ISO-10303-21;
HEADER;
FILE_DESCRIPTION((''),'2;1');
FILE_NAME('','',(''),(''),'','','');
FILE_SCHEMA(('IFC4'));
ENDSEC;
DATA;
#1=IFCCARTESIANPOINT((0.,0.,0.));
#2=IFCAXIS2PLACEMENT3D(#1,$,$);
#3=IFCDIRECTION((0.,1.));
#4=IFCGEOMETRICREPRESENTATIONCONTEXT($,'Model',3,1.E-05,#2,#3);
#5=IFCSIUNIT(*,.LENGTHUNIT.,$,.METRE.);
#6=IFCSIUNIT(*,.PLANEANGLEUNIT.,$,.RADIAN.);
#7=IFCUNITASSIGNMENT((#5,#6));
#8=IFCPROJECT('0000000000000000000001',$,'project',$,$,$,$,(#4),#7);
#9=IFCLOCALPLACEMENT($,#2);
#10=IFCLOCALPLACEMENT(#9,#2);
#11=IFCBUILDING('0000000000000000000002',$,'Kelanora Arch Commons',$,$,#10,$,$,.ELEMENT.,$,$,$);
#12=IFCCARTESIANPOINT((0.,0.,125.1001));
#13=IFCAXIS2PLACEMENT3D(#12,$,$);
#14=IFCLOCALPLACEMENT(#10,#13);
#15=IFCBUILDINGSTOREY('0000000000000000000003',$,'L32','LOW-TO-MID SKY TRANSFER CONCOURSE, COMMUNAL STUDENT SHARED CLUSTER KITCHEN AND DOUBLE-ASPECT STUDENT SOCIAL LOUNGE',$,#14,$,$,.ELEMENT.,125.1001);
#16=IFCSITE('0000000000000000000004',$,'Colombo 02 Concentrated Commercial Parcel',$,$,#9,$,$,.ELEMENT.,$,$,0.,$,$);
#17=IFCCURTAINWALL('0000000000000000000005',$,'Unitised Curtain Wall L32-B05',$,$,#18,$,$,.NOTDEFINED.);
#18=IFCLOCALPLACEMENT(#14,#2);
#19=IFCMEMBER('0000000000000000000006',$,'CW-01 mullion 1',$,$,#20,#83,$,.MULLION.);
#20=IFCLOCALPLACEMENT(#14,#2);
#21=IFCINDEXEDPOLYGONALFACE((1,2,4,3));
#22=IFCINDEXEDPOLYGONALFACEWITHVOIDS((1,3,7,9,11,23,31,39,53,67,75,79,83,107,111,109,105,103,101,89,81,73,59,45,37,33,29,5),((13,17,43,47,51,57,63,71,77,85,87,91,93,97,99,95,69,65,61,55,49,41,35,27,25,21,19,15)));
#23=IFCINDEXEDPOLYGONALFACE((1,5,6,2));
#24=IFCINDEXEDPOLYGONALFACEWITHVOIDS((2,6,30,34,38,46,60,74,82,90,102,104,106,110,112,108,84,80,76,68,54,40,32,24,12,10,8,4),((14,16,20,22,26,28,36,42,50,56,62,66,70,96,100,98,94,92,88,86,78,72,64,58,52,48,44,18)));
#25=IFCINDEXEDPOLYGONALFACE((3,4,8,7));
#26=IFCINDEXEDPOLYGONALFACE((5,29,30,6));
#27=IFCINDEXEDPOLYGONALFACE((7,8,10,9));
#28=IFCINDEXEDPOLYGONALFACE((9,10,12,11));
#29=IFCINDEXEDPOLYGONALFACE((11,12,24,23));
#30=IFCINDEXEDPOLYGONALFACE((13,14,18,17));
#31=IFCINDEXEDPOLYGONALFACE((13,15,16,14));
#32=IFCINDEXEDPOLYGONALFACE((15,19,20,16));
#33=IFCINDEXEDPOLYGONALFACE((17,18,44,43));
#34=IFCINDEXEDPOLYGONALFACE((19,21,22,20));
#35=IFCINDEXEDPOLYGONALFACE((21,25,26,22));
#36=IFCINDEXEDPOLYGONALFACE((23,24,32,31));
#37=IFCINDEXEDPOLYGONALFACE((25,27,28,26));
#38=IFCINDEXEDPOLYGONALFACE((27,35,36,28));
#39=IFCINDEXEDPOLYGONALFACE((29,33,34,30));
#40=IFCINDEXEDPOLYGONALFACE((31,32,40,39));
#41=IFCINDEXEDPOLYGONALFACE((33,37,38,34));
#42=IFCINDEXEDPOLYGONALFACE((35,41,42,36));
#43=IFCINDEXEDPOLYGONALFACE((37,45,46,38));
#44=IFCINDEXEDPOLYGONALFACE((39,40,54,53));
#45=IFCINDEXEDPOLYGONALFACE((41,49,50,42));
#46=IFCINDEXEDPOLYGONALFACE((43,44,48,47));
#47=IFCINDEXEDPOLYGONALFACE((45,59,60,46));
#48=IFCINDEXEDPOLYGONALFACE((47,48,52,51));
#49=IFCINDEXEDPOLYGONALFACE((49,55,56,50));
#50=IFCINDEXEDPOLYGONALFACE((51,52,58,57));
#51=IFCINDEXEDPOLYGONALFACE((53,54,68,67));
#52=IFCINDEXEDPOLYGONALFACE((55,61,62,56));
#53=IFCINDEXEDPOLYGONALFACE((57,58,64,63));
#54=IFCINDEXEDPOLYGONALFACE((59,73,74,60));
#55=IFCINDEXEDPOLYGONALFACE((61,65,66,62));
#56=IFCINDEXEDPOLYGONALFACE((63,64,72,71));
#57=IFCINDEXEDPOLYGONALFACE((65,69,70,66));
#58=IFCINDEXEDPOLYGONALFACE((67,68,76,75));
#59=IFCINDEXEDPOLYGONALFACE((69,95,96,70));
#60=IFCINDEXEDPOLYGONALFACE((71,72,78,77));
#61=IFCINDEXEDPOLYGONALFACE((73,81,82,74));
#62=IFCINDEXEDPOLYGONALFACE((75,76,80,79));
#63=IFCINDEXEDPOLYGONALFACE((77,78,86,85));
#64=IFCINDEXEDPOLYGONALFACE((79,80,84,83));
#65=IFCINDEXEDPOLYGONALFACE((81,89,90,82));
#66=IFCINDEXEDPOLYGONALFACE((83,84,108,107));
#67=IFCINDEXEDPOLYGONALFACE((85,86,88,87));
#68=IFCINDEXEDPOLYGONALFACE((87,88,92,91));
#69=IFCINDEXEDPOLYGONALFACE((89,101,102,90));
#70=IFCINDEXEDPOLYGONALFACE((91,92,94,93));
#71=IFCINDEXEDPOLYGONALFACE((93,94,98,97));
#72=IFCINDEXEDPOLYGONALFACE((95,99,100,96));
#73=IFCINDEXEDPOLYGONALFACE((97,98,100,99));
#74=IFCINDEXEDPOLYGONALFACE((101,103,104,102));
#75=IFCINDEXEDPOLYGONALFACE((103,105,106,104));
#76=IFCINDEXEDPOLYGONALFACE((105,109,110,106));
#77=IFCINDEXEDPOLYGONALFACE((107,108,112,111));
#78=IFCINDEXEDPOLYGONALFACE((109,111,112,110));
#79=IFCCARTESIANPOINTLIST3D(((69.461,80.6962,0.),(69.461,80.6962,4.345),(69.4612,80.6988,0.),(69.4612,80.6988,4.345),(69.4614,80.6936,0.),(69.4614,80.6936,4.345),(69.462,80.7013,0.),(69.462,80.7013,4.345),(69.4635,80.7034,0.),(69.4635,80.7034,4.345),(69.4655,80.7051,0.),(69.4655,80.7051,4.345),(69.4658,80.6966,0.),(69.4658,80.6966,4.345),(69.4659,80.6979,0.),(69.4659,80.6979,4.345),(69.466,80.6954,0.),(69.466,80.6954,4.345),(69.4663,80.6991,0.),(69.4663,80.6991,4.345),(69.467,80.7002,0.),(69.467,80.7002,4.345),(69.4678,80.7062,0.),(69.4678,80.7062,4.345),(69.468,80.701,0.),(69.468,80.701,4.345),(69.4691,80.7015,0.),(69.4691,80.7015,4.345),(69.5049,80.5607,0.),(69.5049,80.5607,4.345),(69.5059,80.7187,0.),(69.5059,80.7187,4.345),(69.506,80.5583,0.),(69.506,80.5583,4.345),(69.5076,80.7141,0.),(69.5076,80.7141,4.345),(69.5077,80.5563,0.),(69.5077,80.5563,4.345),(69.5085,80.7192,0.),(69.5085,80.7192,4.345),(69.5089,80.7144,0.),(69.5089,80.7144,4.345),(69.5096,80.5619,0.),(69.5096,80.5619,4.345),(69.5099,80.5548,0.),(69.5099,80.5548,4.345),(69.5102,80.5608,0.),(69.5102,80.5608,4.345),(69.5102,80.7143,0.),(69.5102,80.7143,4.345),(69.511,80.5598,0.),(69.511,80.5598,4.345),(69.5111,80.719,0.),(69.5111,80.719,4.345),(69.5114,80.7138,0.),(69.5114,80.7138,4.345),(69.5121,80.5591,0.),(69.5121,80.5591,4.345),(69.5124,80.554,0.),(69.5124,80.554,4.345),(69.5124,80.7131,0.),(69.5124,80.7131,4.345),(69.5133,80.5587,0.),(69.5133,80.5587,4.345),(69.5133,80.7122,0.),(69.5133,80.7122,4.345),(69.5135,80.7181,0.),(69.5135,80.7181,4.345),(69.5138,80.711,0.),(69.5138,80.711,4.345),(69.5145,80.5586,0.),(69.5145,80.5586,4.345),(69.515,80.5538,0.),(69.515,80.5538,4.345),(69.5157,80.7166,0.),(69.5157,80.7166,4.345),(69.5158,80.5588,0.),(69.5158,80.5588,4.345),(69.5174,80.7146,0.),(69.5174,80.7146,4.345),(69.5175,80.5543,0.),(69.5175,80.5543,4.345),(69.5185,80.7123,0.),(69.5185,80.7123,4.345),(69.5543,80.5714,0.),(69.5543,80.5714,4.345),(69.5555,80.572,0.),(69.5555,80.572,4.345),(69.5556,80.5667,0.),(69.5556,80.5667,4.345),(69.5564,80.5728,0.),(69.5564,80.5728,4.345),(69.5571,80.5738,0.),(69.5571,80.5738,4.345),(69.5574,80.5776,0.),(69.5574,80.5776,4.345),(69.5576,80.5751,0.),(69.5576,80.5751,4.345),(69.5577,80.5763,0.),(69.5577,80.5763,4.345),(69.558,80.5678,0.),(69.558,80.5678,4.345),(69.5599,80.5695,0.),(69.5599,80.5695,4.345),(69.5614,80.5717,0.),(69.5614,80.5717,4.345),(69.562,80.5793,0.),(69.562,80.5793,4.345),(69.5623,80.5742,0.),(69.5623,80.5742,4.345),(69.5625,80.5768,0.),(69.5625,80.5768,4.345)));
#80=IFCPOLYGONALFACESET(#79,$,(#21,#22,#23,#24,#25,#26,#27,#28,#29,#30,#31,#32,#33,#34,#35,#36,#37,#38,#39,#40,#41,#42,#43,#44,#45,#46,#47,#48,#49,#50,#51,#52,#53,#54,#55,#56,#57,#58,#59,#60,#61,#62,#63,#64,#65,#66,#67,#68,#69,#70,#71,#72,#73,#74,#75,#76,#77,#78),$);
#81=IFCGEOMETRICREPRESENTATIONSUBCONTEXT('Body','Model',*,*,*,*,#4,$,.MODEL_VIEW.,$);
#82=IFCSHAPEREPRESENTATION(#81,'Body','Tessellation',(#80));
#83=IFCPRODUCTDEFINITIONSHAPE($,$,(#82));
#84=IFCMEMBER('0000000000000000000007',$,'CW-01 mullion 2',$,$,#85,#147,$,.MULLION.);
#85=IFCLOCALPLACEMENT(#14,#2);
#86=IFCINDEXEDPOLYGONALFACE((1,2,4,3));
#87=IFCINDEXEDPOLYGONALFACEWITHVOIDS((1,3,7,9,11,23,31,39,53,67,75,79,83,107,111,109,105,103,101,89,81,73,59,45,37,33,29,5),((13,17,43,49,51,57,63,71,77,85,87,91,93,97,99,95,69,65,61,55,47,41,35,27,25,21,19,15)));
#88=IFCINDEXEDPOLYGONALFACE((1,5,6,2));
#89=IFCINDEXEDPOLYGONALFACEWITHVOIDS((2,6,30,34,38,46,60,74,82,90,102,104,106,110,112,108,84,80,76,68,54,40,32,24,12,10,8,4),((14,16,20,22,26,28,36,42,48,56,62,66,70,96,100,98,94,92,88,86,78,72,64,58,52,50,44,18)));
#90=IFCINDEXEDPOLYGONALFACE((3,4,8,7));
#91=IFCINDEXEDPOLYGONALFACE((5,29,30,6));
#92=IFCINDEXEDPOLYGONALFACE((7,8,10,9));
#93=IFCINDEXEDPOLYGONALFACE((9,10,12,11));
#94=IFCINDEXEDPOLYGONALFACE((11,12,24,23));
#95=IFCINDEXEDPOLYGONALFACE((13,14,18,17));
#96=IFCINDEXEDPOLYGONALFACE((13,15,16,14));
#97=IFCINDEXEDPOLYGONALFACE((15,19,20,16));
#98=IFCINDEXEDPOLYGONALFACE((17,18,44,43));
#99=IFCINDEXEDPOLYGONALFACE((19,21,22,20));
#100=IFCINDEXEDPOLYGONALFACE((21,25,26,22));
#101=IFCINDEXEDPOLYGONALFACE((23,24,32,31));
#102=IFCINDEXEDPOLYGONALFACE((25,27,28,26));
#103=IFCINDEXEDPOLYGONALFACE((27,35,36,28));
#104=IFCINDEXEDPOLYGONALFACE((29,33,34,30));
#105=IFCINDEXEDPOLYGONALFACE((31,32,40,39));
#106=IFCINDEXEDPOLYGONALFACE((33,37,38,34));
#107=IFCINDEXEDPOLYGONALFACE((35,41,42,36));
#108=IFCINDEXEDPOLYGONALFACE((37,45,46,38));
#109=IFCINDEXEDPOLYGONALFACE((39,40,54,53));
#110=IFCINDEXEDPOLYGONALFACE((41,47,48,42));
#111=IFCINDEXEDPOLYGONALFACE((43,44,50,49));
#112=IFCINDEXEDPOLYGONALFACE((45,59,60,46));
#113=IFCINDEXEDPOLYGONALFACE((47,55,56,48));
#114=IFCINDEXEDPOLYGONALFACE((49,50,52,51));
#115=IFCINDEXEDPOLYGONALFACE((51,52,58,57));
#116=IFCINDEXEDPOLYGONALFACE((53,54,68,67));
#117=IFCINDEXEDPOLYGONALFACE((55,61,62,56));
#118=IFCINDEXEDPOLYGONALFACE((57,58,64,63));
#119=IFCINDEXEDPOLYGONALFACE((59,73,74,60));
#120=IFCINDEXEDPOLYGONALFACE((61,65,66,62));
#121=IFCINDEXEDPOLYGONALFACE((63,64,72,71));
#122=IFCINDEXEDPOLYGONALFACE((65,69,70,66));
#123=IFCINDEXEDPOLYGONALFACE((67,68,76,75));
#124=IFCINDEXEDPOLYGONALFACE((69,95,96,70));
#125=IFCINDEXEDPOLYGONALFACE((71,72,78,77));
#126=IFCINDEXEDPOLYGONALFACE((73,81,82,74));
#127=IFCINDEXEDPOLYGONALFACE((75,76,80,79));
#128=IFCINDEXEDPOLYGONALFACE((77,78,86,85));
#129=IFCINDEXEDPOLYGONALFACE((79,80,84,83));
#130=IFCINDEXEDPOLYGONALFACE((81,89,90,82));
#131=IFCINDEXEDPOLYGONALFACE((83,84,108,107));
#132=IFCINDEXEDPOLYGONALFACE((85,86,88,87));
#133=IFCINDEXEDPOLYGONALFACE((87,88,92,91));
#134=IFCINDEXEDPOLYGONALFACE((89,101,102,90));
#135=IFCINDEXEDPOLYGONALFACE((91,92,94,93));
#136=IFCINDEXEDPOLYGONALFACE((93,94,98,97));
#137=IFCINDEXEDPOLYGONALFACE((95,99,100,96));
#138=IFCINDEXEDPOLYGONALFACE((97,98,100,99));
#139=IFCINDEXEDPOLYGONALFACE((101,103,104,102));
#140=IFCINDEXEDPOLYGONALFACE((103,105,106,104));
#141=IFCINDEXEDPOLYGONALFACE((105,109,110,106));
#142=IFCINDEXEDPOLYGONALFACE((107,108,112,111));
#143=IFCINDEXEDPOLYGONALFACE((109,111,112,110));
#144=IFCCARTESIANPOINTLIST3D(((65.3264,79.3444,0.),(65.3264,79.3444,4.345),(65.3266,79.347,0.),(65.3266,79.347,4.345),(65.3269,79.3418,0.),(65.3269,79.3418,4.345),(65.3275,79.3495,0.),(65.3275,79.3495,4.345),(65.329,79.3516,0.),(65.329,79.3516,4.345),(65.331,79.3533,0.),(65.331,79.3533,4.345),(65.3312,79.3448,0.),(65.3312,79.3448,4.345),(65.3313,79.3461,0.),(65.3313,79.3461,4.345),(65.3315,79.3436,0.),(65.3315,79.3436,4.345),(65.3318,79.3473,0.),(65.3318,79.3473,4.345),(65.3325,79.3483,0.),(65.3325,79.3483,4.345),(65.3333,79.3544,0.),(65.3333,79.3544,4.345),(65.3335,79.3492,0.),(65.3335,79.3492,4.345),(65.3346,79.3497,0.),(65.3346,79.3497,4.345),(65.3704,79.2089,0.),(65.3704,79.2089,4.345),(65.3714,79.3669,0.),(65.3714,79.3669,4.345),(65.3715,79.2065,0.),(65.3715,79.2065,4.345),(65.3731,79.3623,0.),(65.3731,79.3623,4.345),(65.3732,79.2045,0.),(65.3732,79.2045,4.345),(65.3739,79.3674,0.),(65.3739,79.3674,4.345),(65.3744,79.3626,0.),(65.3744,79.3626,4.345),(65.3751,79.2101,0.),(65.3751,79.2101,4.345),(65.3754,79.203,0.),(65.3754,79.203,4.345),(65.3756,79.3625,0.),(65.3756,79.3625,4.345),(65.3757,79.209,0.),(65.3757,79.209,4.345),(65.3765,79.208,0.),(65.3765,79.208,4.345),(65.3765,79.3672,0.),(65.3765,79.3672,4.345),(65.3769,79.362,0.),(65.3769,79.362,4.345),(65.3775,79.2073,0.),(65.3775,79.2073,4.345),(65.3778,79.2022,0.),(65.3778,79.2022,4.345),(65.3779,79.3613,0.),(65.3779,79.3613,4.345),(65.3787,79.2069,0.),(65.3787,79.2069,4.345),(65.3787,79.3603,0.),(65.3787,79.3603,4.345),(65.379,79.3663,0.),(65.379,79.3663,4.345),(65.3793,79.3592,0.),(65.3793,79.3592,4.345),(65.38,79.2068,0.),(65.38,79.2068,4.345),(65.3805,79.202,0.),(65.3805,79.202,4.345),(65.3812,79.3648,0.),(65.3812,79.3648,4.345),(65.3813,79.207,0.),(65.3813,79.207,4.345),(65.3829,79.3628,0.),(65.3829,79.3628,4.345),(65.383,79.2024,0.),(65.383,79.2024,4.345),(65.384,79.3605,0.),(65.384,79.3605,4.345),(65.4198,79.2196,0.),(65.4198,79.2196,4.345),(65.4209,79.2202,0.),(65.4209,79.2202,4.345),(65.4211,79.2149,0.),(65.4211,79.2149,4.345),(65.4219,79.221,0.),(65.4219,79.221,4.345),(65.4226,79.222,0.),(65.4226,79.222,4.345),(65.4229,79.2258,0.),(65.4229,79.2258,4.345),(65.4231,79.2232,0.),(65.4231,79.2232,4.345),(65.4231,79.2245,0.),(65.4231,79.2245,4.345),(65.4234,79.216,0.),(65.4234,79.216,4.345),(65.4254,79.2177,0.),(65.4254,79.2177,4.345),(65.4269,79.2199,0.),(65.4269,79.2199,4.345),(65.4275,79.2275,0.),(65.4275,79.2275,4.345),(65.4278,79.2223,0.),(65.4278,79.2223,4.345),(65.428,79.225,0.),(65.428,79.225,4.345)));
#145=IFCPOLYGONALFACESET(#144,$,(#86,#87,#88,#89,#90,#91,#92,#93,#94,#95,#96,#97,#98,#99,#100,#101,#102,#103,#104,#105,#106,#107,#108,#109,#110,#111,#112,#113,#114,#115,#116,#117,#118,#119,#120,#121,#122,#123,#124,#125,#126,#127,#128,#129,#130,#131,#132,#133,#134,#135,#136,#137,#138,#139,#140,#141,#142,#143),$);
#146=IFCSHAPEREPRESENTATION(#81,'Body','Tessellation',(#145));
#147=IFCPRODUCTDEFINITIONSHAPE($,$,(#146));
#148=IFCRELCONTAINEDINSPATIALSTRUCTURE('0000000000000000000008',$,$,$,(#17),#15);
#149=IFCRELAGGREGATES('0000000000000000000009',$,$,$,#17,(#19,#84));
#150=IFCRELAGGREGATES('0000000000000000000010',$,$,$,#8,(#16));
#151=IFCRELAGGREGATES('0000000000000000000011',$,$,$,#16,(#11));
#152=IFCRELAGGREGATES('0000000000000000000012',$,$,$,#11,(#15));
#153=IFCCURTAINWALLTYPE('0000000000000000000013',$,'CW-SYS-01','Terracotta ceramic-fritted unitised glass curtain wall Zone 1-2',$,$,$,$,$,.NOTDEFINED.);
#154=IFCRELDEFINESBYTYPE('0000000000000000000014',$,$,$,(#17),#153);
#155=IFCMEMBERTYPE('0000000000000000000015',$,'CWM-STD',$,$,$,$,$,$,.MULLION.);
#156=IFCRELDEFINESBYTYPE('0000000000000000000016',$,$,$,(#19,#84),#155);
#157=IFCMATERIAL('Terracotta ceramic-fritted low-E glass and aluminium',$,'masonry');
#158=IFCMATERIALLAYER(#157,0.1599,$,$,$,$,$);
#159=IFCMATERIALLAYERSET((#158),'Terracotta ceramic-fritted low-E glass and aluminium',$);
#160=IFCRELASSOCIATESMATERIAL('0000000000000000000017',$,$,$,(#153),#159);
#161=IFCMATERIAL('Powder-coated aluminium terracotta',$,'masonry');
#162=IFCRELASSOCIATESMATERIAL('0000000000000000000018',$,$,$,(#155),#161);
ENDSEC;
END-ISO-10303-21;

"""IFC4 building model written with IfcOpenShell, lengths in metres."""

from ifc_helpers import new_model, si_unit, direction, frame, origin, origin_2d, place, context, subcontext, project, spatial, hollow_rectangle, extrude, material, layer, layer_set, material_profile, profile_set, type_object, element, aggregate, save


model = new_model("IFC4")

# Units and contexts
model_context = context("Model", 3, precision=1e-05, world=origin(), true_north=direction((0.0, 1.0)))
body_context = subcontext(model_context, "Body", "Model", "MODEL_VIEW")
ifc_project = project(units=[si_unit("LENGTHUNIT", "METRE"), si_unit("PLANEANGLEUNIT", "RADIAN")], contexts=[model_context])

# Site, building, storey
site_placement = place(None, origin())
site = spatial("IfcSite", under=ifc_project, at=site_placement, Name="Colombo 02 Concentrated Commercial Parcel", CompositionType="ELEMENT", RefElevation=0.0)
building_placement = place(site_placement, origin())
building = spatial("IfcBuilding", under=site, at=building_placement, Name="Kelanora Arch Commons", CompositionType="ELEMENT")
storey_placement = place(building_placement, frame((0.0, 0.0, 125.1001)))
storey = spatial("IfcBuildingStorey", under=building, at=storey_placement, Name="L32", Description="LOW-TO-MID SKY TRANSFER CONCOURSE, COMMUNAL STUDENT SHARED CLUSTER KITCHEN AND DOUBLE-ASPECT STUDENT SOCIAL LOUNGE", CompositionType="ELEMENT", Elevation=125.1001)

# Curtain wall, members
ifc_material_1 = material(Name="Terracotta ceramic-fritted low-E glass and aluminium", Category="masonry")
ifc_layer_1 = layer(ifc_material_1, 0.1599)
ifc_layer_set_1 = layer_set([ifc_layer_1], Name="Terracotta ceramic-fritted low-E glass and aluminium")
curtain_wall_type = type_object("IfcCurtainWallType", Name="CW-SYS-01", Description="Terracotta ceramic-fritted unitised glass curtain wall Zone 1-2", PredefinedType="NOTDEFINED", material=ifc_layer_set_1)
curtain_wall_placement = place(storey_placement, origin())
curtain_wall = element("IfcCurtainWall", 1, at=curtain_wall_placement, inside=storey, type_object=curtain_wall_type, Name="Unitised Curtain Wall L32-B05", PredefinedType="NOTDEFINED")
ifc_material_2 = material(Name="Powder-coated aluminium terracotta", Category="masonry")
ifc_material_profile_1 = material_profile(ifc_material_2, hollow_rectangle(XDim=0.1599, YDim=0.0601, WallThickness=0.0049, InnerFilletRadius=0.0049, OuterFilletRadius=0.01, at=origin_2d()), Name="CWM160x60")
ifc_profile_set_1 = profile_set([ifc_material_profile_1], Name="Powder-coated aluminium terracotta")
member_type_1 = type_object("IfcMemberType", Name="CWM-STD", PredefinedType="MULLION", material=ifc_profile_set_1)
member_1_placement = place(storey_placement, frame((69.5117, 80.6365, 0.0), z_axis=(0.0, 0.0, 1.0), x_axis=(0.310805, -0.950474, 0.0)))
member_1 = element("IfcMember", 2, at=member_1_placement, type_object=member_type_1, Name="CW-01 mullion 1", PredefinedType="MULLION", context=body_context, shape_type="SweptSolid", body=[
    extrude(hollow_rectangle(XDim=0.1599, YDim=0.0601, WallThickness=0.0049, InnerFilletRadius=0.0049, OuterFilletRadius=0.01, at=origin_2d()), origin(), (0.0, 0.0, 1.0), 4.345),
])
member_2_placement = place(storey_placement, frame((65.3772, 79.2847, 0.0), z_axis=(0.0, 0.0, 1.0), x_axis=(0.310805, -0.950474, 0.0)))
member_2 = element("IfcMember", 3, at=member_2_placement, type_object=member_type_1, Name="CW-01 mullion 2", PredefinedType="MULLION", context=body_context, shape_type="SweptSolid", body=[
    extrude(hollow_rectangle(XDim=0.1599, YDim=0.0601, WallThickness=0.0049, InnerFilletRadius=0.0049, OuterFilletRadius=0.01, at=origin_2d()), origin(), (0.0, 0.0, 1.0), 4.345),
])
aggregate(curtain_wall, [member_1, member_2])

save(model, "model.ifc")
